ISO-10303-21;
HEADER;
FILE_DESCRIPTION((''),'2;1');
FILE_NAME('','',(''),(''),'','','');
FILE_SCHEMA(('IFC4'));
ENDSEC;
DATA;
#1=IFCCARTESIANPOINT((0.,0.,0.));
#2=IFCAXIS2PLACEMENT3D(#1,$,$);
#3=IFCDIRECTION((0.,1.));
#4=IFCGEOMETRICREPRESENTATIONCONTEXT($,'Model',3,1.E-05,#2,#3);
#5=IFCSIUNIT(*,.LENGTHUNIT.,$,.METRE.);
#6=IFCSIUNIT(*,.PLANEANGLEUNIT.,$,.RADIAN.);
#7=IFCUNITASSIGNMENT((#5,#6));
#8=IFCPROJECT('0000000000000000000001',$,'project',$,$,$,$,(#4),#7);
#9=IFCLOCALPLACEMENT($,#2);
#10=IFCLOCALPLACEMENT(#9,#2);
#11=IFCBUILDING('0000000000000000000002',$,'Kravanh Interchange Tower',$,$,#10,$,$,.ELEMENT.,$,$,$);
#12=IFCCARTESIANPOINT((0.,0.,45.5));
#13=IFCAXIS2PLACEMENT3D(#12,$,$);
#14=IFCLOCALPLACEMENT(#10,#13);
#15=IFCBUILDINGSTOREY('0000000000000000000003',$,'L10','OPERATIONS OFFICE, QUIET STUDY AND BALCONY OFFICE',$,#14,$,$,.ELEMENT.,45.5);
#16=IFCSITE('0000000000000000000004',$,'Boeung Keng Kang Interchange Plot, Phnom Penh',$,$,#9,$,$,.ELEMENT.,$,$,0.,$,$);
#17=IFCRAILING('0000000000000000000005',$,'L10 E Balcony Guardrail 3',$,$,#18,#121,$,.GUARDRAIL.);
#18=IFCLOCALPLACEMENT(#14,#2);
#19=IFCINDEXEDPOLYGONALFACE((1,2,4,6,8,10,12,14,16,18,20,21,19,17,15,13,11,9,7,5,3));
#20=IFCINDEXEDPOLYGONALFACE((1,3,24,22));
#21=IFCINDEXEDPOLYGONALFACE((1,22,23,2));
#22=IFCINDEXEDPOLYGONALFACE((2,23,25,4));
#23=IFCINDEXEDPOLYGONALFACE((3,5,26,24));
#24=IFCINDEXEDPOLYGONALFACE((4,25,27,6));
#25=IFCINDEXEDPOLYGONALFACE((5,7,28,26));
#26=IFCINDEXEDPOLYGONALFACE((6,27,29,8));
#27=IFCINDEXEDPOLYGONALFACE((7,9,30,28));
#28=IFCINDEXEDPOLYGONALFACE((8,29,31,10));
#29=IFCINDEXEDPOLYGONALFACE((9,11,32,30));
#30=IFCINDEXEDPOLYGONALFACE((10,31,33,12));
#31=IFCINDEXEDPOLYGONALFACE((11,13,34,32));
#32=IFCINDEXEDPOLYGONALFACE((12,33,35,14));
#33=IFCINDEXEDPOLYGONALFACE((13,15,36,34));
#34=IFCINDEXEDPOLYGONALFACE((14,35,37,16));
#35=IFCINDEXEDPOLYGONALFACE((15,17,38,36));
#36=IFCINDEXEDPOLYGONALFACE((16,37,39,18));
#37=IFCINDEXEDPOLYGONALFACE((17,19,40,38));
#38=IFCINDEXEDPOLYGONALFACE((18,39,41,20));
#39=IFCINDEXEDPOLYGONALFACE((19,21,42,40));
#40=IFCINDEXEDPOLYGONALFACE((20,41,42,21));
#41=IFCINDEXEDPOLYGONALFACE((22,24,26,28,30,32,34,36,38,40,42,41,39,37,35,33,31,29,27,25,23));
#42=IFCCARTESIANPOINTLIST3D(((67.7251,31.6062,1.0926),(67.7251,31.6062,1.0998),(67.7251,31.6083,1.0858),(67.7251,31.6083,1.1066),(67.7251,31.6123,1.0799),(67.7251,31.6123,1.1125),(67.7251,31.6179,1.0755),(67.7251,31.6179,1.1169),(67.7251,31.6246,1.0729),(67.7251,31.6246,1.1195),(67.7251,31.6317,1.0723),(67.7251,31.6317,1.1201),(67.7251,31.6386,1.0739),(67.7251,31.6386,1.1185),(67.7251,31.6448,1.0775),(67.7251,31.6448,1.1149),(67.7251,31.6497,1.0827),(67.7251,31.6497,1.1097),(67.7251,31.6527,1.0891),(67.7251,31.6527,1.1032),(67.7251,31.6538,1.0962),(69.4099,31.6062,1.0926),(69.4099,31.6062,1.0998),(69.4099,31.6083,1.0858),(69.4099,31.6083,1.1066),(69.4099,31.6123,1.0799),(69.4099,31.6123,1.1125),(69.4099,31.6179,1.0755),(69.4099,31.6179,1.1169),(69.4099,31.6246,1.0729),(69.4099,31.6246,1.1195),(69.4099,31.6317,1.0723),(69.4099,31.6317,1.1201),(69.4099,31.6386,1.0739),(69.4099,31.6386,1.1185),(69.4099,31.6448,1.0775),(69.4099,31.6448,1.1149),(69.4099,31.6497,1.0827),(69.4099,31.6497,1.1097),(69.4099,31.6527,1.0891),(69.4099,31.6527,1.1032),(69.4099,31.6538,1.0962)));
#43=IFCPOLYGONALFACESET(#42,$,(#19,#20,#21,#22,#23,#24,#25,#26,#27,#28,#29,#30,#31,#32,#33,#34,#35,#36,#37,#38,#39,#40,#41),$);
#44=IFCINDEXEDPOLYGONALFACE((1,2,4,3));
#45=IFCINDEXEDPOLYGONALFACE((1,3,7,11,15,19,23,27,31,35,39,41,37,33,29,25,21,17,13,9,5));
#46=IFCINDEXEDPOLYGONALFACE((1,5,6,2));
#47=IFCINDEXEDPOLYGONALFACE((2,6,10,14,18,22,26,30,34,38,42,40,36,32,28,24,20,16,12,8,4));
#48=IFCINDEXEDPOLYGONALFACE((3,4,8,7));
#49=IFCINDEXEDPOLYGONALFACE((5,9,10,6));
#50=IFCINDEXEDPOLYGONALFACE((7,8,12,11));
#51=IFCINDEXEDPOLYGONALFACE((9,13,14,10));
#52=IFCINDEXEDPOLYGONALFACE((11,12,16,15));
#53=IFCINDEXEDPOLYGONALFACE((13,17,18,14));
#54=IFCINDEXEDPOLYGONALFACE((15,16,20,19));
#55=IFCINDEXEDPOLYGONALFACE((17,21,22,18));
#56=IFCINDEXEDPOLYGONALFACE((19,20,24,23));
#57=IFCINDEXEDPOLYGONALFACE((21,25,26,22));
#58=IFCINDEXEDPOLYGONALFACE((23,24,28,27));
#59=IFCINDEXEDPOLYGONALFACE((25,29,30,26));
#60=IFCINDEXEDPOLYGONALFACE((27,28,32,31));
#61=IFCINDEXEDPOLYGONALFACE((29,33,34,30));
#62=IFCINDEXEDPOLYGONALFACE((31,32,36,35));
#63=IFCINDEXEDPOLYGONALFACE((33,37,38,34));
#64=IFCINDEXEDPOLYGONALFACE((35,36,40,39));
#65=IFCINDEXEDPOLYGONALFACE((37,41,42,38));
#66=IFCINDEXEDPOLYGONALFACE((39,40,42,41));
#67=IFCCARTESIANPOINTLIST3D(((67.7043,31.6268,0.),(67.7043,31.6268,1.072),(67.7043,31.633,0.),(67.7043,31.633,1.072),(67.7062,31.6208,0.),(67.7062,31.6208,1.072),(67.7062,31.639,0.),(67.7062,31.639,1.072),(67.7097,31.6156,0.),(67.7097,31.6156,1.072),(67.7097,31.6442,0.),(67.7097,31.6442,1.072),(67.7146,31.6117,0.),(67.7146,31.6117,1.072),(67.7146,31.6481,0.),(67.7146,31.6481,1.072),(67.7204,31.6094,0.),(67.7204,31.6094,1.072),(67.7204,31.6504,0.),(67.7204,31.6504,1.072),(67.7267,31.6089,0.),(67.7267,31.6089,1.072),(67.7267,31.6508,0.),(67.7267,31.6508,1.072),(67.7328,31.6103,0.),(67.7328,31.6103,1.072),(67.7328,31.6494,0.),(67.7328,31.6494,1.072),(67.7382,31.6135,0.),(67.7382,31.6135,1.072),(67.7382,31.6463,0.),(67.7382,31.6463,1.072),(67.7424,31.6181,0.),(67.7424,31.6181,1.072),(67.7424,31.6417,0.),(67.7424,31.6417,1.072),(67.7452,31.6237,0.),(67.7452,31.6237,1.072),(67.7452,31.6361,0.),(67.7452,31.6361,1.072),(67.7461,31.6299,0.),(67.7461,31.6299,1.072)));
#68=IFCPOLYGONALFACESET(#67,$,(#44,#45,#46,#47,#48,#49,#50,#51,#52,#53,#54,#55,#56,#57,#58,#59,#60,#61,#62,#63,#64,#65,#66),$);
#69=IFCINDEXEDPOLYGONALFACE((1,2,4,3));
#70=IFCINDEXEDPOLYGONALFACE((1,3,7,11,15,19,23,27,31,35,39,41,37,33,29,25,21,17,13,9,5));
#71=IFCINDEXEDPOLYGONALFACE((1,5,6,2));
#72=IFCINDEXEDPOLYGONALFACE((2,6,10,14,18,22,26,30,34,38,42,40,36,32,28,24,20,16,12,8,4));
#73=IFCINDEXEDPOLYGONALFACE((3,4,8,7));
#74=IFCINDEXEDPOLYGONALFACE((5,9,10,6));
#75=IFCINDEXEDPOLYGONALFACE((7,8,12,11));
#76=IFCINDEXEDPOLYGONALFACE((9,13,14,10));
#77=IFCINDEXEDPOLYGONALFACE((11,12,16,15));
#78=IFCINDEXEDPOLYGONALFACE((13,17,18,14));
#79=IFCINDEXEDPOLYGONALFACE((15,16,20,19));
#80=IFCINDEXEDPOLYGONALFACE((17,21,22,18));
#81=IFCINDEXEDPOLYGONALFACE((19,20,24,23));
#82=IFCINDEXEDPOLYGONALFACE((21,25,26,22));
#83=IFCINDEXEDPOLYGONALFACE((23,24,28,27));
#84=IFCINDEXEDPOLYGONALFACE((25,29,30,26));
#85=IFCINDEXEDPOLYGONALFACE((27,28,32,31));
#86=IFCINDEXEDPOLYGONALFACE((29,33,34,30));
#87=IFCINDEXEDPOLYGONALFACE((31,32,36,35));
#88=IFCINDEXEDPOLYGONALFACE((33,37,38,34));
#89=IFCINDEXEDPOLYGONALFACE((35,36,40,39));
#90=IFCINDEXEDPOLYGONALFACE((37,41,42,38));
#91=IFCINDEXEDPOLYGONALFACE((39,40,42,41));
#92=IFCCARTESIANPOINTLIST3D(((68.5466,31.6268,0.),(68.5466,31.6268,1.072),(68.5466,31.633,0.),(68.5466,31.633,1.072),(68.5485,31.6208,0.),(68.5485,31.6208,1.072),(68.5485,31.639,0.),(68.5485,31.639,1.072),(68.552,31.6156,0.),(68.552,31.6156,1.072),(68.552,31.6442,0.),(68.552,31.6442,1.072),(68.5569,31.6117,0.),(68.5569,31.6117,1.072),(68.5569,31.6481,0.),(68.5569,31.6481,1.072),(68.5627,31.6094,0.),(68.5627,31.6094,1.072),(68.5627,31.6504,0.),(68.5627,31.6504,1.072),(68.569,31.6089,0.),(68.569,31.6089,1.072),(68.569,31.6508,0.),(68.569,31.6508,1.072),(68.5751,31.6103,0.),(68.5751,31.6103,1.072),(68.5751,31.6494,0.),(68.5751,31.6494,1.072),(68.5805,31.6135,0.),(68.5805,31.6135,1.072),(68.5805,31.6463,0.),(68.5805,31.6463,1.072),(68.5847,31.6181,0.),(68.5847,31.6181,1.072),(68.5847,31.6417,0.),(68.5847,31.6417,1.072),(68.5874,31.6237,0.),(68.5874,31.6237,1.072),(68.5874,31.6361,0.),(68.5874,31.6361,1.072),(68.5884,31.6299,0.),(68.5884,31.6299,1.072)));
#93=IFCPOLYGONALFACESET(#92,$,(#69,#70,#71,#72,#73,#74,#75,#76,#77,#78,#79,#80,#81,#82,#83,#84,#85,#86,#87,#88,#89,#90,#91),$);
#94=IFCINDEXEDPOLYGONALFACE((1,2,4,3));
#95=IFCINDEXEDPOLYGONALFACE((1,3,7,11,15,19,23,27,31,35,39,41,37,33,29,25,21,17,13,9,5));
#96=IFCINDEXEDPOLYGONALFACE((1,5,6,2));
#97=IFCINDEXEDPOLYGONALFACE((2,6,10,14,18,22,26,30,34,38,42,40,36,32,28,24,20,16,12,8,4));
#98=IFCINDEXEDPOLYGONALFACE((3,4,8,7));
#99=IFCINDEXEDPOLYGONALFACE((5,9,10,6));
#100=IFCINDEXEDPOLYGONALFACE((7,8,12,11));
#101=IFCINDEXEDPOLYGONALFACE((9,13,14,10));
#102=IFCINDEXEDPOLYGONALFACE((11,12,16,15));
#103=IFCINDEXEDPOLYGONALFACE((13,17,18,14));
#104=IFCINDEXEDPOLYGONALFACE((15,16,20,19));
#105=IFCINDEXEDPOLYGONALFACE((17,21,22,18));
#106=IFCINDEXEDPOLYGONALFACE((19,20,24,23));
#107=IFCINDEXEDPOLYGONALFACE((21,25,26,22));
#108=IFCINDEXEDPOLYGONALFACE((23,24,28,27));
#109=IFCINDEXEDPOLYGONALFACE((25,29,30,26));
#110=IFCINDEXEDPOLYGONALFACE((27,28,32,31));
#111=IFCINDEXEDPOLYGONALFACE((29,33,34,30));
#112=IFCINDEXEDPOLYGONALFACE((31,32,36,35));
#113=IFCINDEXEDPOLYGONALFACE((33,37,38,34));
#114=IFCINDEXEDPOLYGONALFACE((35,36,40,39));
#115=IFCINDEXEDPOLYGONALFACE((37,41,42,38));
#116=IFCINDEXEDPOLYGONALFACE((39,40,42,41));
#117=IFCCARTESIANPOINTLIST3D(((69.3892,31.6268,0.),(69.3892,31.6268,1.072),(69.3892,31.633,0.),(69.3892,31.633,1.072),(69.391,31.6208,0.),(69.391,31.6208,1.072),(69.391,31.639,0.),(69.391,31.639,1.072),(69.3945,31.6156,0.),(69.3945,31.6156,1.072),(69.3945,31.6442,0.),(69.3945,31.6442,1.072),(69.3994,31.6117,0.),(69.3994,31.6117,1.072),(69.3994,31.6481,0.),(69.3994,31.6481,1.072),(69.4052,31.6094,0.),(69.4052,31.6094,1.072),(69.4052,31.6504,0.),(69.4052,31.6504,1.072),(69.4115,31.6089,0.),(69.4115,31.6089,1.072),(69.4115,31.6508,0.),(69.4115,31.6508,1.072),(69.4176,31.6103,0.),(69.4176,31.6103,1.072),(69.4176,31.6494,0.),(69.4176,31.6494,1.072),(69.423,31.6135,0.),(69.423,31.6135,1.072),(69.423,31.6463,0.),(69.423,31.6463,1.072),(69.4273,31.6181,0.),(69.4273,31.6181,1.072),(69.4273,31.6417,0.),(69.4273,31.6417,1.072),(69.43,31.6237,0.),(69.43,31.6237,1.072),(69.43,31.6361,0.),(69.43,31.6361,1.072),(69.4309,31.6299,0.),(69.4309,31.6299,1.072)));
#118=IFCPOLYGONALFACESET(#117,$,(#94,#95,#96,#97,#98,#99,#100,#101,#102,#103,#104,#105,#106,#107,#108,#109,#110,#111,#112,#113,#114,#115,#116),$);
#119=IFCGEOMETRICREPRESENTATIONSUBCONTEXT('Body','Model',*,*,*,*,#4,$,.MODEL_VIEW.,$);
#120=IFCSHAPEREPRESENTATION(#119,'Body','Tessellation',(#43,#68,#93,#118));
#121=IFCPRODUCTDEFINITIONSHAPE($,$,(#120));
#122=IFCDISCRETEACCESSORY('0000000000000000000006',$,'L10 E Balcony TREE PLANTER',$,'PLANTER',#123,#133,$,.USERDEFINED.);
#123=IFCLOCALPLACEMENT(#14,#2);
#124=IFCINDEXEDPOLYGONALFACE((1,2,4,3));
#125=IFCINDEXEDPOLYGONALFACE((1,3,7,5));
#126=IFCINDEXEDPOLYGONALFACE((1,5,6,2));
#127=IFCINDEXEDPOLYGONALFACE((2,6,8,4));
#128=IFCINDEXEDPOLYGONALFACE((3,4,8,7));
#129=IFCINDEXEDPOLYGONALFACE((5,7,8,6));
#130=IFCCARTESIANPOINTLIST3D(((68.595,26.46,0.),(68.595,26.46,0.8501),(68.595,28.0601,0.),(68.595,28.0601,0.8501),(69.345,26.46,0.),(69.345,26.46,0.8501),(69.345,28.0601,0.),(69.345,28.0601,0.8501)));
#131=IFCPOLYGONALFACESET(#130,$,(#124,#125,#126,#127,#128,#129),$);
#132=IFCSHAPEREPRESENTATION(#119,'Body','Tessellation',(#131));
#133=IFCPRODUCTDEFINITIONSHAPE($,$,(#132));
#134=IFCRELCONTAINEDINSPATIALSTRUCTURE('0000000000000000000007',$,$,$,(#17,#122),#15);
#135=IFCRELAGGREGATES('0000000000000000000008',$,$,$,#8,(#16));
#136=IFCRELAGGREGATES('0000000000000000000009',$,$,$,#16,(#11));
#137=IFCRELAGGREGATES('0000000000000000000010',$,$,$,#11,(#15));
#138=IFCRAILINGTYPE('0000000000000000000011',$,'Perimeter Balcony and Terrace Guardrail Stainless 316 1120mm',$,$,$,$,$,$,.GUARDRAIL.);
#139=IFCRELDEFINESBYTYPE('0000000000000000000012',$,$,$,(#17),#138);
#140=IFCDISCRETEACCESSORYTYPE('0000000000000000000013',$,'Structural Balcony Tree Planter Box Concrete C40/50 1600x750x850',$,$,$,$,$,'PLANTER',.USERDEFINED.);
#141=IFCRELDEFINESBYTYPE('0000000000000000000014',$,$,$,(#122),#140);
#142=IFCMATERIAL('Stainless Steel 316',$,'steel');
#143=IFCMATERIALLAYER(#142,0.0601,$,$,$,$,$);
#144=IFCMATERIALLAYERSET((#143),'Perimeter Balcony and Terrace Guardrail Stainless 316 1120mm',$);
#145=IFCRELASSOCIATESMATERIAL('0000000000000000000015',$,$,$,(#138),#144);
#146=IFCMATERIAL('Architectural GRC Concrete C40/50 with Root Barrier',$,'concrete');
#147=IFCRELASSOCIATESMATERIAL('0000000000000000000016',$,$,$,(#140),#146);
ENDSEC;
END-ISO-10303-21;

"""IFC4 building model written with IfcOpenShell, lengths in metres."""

from ifc_helpers import new_model, si_unit, direction, frame, origin, origin_2d, place, context, subcontext, project, spatial, rectangle, circle, extrude, material, layer, layer_set, type_object, element, save


model = new_model("IFC4")

# Units and contexts
model_context = context("Model", 3, precision=1e-05, world=origin(), true_north=direction((0.0, 1.0)))
body_context = subcontext(model_context, "Body", "Model", "MODEL_VIEW")
ifc_project = project(units=[si_unit("LENGTHUNIT", "METRE"), si_unit("PLANEANGLEUNIT", "RADIAN")], contexts=[model_context])

# Site, building, storey
site_placement = place(None, origin())
site = spatial("IfcSite", under=ifc_project, at=site_placement, Name="Boeung Keng Kang Interchange Plot, Phnom Penh", CompositionType="ELEMENT", RefElevation=0.0)
building_placement = place(site_placement, origin())
building = spatial("IfcBuilding", under=site, at=building_placement, Name="Kravanh Interchange Tower", CompositionType="ELEMENT")
storey_placement = place(building_placement, frame((0.0, 0.0, 45.5)))
storey = spatial("IfcBuildingStorey", under=building, at=storey_placement, Name="L10", Description="OPERATIONS OFFICE, QUIET STUDY AND BALCONY OFFICE", CompositionType="ELEMENT", Elevation=45.5)

# Railing
ifc_material_1 = material(Name="Stainless Steel 316", Category="steel")
ifc_layer_1 = layer(ifc_material_1, 0.0601)
ifc_layer_set_1 = layer_set([ifc_layer_1], Name="Perimeter Balcony and Terrace Guardrail Stainless 316 1120mm")
railing_type = type_object("IfcRailingType", Name="Perimeter Balcony and Terrace Guardrail Stainless 316 1120mm", PredefinedType="GUARDRAIL", material=ifc_layer_set_1)
railing_1_placement = place(storey_placement, frame((67.7251, 31.6299, 0.0)))
element("IfcRailing", 1, at=railing_1_placement, inside=storey, type_object=railing_type, Name="L10 E Balcony Guardrail 3", PredefinedType="GUARDRAIL", context=body_context, shape_type="SweptSolid", body=[
    extrude(circle(Radius=0.0239, at=origin_2d()), frame((0.0, 0.0, 1.0962), z_axis=(1.0, 0.0, 0.0), x_axis=(0.0, 1.0, 0.0)), (0.0, 0.0, 1.0), 1.6848),
    extrude(circle(Radius=0.021, at=origin_2d()), origin(), (0.0, 0.0, 1.0), 1.072),
    extrude(circle(Radius=0.021, at=origin_2d()), frame((0.8423, 0.0, 0.0)), (0.0, 0.0, 1.0), 1.072),
    extrude(circle(Radius=0.021, at=origin_2d()), frame((1.6848, 0.0, 0.0)), (0.0, 0.0, 1.0), 1.072),
])

# Discrete accessory
ifc_material_2 = material(Name="Architectural GRC Concrete C40/50 with Root Barrier", Category="concrete")
discrete_accessory_type = type_object("IfcDiscreteAccessoryType", Name="Structural Balcony Tree Planter Box Concrete C40/50 1600x750x850", ElementType="PLANTER", PredefinedType="USERDEFINED", material=ifc_material_2)
discrete_accessory_placement = place(storey_placement, frame((68.97, 27.26, 0.0), z_axis=(0.0, 0.0, 1.0), x_axis=(1.0, 0.0, 0.0)))
element("IfcDiscreteAccessory", 2, at=discrete_accessory_placement, inside=storey, type_object=discrete_accessory_type, Name="L10 E Balcony TREE PLANTER", ObjectType="PLANTER", PredefinedType="USERDEFINED", context=body_context, shape_type="SweptSolid", body=[
    extrude(rectangle(XDim=0.75, YDim=1.6001, at=origin_2d()), origin(), (0.0, 0.0, 1.0), 0.8501),
])

save(model, "model.ifc")
